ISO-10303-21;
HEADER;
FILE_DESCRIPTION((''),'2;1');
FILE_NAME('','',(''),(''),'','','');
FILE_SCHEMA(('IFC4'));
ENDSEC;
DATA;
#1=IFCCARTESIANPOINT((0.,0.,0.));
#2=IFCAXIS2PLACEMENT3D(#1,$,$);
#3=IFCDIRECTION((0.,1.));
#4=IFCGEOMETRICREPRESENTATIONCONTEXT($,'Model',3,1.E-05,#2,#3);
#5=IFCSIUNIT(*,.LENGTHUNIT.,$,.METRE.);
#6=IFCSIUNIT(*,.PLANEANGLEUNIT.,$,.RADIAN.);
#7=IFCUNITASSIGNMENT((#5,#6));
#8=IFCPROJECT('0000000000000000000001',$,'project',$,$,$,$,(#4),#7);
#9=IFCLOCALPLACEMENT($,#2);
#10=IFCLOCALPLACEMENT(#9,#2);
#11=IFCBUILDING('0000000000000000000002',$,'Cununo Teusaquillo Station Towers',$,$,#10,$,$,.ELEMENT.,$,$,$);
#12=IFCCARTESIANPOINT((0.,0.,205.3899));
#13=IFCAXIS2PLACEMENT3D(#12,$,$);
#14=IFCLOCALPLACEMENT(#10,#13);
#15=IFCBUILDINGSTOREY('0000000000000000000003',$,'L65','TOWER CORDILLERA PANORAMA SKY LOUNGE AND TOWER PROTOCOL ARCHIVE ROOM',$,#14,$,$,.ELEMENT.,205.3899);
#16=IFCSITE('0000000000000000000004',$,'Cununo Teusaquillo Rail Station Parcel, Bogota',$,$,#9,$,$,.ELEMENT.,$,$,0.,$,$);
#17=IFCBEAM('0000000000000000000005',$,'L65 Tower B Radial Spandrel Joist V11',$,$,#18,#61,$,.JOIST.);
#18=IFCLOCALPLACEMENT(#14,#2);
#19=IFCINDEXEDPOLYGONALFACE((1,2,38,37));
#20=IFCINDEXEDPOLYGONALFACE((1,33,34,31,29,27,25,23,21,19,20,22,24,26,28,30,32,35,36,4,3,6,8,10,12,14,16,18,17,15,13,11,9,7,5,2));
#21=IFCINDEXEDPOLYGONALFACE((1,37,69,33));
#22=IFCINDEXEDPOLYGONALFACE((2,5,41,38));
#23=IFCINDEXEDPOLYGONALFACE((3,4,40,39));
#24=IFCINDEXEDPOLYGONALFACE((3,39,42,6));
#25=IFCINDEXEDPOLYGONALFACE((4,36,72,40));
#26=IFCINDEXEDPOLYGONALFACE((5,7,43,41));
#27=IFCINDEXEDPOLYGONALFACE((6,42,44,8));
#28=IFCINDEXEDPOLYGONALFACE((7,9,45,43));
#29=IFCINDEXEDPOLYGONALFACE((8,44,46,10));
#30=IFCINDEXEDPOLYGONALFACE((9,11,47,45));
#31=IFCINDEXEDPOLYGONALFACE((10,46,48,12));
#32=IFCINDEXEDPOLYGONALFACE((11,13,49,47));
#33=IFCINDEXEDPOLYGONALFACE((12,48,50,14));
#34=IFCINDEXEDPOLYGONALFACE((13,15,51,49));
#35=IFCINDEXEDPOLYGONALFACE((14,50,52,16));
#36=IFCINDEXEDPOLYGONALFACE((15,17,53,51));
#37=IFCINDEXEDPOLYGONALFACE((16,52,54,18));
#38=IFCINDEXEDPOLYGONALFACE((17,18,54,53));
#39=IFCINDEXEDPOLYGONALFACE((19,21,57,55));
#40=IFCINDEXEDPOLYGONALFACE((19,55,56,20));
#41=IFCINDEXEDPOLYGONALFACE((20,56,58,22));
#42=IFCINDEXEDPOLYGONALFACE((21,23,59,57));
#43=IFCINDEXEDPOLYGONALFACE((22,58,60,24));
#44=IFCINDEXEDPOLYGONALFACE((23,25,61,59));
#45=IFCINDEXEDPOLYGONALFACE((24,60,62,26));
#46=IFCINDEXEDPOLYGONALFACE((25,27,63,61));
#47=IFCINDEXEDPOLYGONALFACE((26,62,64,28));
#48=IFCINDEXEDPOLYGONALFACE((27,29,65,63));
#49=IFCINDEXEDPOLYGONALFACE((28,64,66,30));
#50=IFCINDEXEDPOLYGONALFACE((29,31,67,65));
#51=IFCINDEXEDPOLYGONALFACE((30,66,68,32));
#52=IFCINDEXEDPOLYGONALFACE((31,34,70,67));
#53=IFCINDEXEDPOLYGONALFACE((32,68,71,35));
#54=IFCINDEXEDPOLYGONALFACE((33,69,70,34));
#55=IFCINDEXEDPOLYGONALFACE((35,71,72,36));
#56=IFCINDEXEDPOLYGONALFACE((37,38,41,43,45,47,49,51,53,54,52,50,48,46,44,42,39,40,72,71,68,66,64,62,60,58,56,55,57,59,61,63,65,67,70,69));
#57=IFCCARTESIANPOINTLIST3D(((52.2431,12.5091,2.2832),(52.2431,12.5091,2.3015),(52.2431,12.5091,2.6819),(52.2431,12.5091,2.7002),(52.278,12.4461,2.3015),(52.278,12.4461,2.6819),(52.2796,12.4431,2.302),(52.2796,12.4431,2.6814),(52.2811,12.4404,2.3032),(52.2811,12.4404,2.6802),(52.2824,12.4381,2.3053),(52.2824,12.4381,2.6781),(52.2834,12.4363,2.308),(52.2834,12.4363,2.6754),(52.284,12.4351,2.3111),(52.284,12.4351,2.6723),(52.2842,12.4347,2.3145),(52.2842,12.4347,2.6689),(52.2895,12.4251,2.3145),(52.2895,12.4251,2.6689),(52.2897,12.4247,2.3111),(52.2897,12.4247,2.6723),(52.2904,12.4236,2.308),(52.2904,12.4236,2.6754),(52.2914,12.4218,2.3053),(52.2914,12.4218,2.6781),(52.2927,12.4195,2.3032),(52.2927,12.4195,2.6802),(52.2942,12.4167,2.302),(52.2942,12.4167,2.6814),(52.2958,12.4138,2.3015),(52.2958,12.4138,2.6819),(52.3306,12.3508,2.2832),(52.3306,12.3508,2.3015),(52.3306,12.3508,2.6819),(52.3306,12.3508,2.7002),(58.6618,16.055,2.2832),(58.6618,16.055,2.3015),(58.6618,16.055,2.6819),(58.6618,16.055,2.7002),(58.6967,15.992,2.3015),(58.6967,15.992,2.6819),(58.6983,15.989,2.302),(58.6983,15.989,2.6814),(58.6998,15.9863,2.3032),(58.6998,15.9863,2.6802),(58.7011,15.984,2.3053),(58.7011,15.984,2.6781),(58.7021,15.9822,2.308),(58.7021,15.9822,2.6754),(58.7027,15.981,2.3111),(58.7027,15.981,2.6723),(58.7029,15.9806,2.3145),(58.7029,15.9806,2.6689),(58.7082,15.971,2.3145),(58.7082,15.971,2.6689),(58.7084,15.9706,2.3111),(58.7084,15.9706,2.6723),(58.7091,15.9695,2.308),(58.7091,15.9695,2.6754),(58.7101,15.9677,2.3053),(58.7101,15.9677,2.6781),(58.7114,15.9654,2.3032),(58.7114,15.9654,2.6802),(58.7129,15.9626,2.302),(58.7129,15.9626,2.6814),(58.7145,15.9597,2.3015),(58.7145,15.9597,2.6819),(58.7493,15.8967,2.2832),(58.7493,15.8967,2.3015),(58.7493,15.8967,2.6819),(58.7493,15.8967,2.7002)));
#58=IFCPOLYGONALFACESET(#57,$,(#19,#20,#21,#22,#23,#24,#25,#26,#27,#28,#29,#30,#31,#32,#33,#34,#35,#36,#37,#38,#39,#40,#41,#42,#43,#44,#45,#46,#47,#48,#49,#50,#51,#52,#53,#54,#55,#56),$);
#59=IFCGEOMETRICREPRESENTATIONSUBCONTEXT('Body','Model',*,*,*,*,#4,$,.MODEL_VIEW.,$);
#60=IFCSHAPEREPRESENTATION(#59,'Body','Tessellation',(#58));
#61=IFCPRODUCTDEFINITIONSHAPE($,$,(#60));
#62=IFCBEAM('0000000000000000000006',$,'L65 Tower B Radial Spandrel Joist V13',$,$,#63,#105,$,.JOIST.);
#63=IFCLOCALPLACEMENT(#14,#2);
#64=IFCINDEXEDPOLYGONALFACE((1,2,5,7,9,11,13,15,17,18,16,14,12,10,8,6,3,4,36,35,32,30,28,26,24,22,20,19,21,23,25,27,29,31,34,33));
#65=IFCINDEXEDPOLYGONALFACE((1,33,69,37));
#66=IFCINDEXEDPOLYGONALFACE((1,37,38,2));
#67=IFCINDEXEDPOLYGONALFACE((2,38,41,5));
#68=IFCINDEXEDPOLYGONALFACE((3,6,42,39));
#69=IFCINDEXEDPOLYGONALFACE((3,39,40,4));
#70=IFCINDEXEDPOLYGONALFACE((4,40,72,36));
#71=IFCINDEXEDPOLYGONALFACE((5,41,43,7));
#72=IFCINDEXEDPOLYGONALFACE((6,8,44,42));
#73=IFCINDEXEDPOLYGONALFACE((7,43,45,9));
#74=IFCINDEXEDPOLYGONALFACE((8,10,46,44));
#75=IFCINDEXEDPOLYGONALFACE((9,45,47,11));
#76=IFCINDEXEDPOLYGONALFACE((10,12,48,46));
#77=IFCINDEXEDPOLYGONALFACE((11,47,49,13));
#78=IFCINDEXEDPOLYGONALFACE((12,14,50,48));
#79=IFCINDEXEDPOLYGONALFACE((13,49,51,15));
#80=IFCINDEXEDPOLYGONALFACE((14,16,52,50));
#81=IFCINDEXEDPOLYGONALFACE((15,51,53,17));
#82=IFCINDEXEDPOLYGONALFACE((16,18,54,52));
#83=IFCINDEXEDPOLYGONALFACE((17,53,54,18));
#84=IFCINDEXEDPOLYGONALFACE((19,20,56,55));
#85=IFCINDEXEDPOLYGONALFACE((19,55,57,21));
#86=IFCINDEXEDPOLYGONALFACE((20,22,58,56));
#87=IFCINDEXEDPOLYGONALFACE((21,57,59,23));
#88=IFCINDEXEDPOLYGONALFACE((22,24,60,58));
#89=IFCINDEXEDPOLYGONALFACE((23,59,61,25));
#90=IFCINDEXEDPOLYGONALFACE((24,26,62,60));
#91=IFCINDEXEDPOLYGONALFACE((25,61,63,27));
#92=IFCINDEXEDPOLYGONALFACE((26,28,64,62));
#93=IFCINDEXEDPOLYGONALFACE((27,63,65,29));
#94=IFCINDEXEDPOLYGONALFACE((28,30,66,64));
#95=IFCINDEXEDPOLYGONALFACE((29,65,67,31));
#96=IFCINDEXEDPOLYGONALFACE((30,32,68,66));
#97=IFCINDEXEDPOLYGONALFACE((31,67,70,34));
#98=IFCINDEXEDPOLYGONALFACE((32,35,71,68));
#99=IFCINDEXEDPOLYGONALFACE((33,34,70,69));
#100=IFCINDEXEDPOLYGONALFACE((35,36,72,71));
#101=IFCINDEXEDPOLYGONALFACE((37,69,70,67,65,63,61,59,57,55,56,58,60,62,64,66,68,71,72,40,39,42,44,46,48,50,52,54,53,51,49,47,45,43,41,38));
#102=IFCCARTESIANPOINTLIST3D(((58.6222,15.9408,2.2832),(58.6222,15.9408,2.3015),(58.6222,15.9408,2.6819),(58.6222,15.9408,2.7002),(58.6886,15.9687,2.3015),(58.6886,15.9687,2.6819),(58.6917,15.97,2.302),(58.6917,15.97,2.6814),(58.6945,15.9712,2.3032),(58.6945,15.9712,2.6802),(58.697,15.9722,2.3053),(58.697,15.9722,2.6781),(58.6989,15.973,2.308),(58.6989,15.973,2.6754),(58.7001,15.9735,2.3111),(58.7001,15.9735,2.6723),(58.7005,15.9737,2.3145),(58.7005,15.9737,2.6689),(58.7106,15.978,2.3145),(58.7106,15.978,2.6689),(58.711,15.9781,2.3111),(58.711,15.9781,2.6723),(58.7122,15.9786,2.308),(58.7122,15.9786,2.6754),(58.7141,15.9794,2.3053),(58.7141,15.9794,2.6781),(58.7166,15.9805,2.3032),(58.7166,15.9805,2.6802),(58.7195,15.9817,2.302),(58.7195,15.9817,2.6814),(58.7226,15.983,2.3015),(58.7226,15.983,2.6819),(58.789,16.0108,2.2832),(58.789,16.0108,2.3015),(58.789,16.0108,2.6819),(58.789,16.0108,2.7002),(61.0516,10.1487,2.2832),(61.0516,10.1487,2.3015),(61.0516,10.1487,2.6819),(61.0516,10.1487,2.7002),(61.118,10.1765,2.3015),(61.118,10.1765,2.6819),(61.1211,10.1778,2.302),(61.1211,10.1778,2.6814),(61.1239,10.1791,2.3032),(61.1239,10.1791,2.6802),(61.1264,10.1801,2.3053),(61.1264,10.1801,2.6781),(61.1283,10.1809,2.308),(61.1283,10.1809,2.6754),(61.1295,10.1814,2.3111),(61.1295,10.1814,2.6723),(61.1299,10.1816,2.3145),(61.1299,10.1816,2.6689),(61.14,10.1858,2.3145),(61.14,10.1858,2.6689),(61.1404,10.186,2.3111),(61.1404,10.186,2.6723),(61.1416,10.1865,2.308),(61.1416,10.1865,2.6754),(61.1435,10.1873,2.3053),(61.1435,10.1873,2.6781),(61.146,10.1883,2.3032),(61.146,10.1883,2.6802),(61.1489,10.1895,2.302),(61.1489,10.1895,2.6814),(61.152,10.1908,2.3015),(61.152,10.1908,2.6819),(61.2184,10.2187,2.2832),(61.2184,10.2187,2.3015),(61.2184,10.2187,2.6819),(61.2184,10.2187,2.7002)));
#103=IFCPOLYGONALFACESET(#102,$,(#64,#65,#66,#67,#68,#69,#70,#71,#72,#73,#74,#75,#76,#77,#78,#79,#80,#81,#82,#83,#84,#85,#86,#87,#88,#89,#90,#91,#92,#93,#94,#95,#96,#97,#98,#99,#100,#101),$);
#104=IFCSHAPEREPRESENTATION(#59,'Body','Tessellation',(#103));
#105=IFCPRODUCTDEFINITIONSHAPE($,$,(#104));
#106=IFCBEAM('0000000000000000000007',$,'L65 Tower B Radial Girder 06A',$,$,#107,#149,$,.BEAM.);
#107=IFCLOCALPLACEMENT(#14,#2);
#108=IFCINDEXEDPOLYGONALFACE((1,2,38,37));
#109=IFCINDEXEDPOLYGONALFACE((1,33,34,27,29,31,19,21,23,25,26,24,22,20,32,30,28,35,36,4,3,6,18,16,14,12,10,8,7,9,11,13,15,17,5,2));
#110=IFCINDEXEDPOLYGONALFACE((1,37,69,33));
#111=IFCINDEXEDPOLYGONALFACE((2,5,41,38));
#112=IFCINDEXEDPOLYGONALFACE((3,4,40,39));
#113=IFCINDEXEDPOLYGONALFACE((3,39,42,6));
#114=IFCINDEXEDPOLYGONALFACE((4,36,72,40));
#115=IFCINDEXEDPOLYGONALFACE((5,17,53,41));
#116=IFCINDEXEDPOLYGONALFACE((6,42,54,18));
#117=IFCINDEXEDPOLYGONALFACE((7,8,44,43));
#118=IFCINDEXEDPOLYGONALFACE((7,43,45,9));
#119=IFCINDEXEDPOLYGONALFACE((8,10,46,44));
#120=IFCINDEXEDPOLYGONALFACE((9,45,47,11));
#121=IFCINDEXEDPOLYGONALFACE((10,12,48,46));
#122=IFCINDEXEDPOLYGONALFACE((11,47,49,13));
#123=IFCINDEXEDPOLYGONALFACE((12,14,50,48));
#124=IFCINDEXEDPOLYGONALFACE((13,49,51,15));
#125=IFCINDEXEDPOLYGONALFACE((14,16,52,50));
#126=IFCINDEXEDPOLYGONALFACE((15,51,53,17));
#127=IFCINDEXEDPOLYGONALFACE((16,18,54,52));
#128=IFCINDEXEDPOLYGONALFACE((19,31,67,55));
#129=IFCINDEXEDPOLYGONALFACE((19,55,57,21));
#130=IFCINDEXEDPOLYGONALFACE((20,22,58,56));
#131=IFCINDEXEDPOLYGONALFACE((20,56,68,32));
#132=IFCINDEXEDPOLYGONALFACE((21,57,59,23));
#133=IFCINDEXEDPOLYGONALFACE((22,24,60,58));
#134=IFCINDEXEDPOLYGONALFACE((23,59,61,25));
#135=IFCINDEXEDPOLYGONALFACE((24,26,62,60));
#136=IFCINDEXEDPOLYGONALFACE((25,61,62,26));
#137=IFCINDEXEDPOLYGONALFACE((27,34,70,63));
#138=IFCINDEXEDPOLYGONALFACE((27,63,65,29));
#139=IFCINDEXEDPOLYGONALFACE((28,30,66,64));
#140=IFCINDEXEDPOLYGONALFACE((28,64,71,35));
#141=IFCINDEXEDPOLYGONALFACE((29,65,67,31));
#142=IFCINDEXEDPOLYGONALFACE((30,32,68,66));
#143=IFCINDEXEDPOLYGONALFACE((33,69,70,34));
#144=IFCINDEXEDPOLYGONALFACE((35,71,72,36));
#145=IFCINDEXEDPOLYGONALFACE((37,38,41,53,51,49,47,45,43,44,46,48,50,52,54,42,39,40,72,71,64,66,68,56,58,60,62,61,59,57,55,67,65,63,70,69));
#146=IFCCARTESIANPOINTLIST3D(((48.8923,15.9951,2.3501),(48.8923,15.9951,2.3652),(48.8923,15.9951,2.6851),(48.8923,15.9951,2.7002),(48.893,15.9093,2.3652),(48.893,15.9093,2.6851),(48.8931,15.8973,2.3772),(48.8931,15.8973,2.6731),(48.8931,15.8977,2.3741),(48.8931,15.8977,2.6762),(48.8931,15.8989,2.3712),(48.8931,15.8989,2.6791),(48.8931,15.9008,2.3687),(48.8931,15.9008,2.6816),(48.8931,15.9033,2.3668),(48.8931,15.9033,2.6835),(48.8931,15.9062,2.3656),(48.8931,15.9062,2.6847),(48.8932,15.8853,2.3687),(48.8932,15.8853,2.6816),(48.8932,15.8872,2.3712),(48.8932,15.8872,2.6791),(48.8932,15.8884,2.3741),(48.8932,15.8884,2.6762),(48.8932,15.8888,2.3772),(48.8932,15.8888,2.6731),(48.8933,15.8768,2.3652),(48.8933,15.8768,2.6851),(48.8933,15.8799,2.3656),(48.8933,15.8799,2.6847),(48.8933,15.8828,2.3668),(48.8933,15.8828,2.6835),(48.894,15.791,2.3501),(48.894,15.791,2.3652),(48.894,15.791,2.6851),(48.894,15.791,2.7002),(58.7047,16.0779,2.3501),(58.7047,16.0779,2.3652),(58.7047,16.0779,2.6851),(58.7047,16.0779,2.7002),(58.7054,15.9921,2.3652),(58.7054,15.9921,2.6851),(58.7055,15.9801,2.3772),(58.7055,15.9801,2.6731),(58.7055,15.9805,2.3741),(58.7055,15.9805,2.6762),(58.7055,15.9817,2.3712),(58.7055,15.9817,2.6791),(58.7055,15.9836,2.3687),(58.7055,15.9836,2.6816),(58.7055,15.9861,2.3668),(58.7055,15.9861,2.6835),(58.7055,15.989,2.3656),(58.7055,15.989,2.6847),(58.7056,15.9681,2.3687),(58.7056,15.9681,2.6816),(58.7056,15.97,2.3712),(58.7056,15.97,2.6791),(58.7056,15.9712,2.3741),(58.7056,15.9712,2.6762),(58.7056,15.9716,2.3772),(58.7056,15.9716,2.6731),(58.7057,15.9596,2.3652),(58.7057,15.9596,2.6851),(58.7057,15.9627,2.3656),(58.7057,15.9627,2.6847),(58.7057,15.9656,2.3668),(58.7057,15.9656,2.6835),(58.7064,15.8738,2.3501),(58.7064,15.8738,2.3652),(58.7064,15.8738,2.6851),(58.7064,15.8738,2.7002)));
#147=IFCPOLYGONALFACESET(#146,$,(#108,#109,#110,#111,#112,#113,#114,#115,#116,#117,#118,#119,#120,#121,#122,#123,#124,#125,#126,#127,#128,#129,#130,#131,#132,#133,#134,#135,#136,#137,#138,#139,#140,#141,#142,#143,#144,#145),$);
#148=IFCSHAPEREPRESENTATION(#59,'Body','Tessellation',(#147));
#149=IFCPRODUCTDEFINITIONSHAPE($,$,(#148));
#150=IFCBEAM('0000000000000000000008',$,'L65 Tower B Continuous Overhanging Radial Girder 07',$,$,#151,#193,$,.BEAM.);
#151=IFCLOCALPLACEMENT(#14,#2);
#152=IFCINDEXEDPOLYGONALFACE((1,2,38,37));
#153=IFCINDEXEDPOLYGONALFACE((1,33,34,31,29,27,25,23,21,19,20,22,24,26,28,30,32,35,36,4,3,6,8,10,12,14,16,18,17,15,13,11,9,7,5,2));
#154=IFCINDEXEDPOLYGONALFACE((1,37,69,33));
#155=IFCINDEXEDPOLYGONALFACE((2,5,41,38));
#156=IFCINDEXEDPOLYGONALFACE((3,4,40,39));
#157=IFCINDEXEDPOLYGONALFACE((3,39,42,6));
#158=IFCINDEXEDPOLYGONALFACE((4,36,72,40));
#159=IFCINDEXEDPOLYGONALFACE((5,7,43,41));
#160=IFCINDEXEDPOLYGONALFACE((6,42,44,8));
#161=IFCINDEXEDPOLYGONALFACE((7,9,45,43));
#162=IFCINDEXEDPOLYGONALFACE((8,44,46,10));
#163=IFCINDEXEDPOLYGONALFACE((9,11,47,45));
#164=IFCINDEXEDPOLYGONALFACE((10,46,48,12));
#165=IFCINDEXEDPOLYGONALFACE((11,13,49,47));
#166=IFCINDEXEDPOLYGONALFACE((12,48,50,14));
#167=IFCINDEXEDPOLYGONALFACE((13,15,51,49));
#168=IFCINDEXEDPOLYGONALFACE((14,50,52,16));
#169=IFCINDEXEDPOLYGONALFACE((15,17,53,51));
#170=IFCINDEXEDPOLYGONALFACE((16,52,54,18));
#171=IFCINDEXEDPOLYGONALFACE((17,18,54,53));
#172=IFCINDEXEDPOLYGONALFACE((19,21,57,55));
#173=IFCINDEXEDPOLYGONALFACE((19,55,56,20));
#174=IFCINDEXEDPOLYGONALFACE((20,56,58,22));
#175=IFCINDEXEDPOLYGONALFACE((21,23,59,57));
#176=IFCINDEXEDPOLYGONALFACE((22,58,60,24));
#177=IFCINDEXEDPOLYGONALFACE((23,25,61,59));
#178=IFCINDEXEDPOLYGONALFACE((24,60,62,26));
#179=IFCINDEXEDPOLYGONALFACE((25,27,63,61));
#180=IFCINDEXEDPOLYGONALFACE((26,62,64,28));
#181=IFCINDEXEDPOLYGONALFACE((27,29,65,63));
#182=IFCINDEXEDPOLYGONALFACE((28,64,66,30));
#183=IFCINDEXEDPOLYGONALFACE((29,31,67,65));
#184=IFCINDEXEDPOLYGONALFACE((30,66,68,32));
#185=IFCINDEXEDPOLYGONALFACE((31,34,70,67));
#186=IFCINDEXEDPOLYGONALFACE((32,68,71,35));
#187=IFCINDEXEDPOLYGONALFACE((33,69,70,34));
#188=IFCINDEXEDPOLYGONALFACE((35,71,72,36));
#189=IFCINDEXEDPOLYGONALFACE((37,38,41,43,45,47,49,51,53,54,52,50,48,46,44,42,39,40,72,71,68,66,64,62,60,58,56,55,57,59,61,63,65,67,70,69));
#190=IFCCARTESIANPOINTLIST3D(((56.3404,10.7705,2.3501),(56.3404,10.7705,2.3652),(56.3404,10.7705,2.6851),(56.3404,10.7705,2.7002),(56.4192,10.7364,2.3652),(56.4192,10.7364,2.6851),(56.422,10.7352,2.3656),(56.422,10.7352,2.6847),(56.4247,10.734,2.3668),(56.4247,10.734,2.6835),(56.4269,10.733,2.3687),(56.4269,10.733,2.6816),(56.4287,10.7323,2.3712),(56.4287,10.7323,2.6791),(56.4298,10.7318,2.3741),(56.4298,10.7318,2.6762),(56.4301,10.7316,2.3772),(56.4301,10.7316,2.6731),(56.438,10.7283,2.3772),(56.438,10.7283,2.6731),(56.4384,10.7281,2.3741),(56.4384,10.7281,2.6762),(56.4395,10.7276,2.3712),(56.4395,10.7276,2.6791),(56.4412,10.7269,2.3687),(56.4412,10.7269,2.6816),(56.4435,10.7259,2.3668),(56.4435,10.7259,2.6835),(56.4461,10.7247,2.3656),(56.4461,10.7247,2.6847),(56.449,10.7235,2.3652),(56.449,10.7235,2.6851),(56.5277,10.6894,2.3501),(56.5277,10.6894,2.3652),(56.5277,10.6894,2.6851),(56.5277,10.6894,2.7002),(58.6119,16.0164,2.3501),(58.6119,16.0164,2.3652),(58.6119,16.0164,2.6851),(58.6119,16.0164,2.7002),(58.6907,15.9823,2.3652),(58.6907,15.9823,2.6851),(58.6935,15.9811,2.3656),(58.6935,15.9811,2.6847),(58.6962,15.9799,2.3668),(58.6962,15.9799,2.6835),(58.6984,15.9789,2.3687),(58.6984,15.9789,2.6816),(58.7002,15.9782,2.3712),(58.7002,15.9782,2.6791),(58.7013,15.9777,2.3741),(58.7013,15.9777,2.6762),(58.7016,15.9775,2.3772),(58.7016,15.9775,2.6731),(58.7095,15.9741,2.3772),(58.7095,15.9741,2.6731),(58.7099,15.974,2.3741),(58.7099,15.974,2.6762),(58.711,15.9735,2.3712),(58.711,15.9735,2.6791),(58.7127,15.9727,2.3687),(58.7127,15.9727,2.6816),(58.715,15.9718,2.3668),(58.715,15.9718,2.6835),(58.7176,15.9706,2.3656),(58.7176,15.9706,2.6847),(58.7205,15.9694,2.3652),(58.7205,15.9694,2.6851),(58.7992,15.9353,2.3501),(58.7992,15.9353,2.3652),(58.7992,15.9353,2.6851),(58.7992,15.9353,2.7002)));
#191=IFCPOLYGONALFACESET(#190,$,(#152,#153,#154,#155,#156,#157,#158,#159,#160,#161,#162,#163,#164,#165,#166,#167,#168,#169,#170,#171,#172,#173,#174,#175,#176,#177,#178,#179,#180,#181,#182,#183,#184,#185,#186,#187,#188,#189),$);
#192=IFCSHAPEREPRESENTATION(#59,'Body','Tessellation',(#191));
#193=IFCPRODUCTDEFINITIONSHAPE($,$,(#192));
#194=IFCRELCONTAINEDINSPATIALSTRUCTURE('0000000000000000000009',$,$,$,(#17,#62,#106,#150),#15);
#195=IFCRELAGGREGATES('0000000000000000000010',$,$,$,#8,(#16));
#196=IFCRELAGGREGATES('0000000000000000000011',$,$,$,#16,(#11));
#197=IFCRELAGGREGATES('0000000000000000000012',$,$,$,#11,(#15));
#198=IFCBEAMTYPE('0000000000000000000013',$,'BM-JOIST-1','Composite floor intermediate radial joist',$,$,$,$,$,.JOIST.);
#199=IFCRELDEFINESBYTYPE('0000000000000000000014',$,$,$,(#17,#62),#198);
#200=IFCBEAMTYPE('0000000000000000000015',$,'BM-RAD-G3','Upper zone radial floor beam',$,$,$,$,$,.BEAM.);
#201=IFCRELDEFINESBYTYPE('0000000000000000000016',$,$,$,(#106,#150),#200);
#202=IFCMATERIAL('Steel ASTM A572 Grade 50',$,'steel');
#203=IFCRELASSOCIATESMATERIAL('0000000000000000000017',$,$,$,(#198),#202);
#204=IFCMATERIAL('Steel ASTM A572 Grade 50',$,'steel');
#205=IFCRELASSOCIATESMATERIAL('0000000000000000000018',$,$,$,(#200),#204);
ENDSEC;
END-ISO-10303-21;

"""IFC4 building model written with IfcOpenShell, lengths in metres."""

from ifc_helpers import new_model, si_unit, direction, frame, origin, origin_2d, place, context, subcontext, project, spatial, i_section, extrude, material, material_profile, profile_set, type_object, element, save


model = new_model("IFC4")

# Units and contexts
model_context = context("Model", 3, precision=1e-05, world=origin(), true_north=direction((0.0, 1.0)))
body_context = subcontext(model_context, "Body", "Model", "MODEL_VIEW")
ifc_project = project(units=[si_unit("LENGTHUNIT", "METRE"), si_unit("PLANEANGLEUNIT", "RADIAN")], contexts=[model_context])

# Site, building, storey
site_placement = place(None, origin())
site = spatial("IfcSite", under=ifc_project, at=site_placement, Name="Cununo Teusaquillo Rail Station Parcel, Bogota", CompositionType="ELEMENT", RefElevation=0.0)
building_placement = place(site_placement, origin())
building = spatial("IfcBuilding", under=site, at=building_placement, Name="Cununo Teusaquillo Station Towers", CompositionType="ELEMENT")
storey_placement = place(building_placement, frame((0.0, 0.0, 205.3899)))
storey = spatial("IfcBuildingStorey", under=building, at=storey_placement, Name="L65", Description="TOWER CORDILLERA PANORAMA SKY LOUNGE AND TOWER PROTOCOL ARCHIVE ROOM", CompositionType="ELEMENT", Elevation=205.3899)

# Beams
ifc_material_1 = material(Name="Steel ASTM A572 Grade 50", Category="steel")
ifc_material_profile_1 = material_profile(ifc_material_1, i_section(OverallWidth=0.1809, OverallDepth=0.417, WebThickness=0.011, FlangeThickness=0.0183, FilletRadius=0.0129, at=origin_2d()), Name="W16X57")
ifc_profile_set_1 = profile_set([ifc_material_profile_1], Name="Steel ASTM A572 Grade 50")
beam_type_1 = type_object("IfcBeamType", Name="BM-JOIST-1", Description="Composite floor intermediate radial joist", PredefinedType="JOIST", material=ifc_profile_set_1)
beam_1_placement = place(storey_placement, frame((58.7056, 15.9758, 2.4917), z_axis=(-0.875315, -0.483553, 0.0), x_axis=(0.483553, -0.875315, 0.0)))
element("IfcBeam", 1, at=beam_1_placement, inside=storey, type_object=beam_type_1, Name="L65 Tower B Radial Spandrel Joist V11", PredefinedType="JOIST", context=body_context, shape_type="SweptSolid", body=[
    extrude(i_section(OverallWidth=0.1809, OverallDepth=0.417, WebThickness=0.011, FlangeThickness=0.0183, FilletRadius=0.0129, at=origin_2d()), origin(), (0.0, 0.0, 1.0), 7.333),
])
beam_2_placement = place(storey_placement, frame((58.7056, 15.9758, 2.4917), z_axis=(0.386786, -0.922169, 0.0), x_axis=(0.922169, 0.386786, 0.0)))
element("IfcBeam", 2, at=beam_2_placement, inside=storey, type_object=beam_type_1, Name="L65 Tower B Radial Spandrel Joist V13", PredefinedType="JOIST", context=body_context, shape_type="SweptSolid", body=[
    extrude(i_section(OverallWidth=0.1809, OverallDepth=0.417, WebThickness=0.011, FlangeThickness=0.0183, FilletRadius=0.0129, at=origin_2d()), origin(), (0.0, 0.0, 1.0), 6.281),
])
ifc_material_2 = material(Name="Steel ASTM A572 Grade 50", Category="steel")
ifc_material_profile_2 = material_profile(ifc_material_2, i_section(OverallWidth=0.2041, OverallDepth=0.3501, WebThickness=0.0085, FlangeThickness=0.0151, FilletRadius=0.012, at=origin_2d()), Name="W14X48")
ifc_profile_set_2 = profile_set([ifc_material_profile_2], Name="Steel ASTM A572 Grade 50")
beam_type_2 = type_object("IfcBeamType", Name="BM-RAD-G3", Description="Upper zone radial floor beam", PredefinedType="BEAM", material=ifc_profile_set_2)
beam_3_placement = place(storey_placement, frame((58.7056, 15.9758, 2.5251), z_axis=(-0.999964, -0.008434, 0.0), x_axis=(0.008434, -0.999964, 0.0)))
element("IfcBeam", 3, at=beam_3_placement, inside=storey, type_object=beam_type_2, Name="L65 Tower B Radial Girder 06A", PredefinedType="BEAM", context=body_context, shape_type="SweptSolid", body=[
    extrude(i_section(OverallWidth=0.2041, OverallDepth=0.3501, WebThickness=0.0085, FlangeThickness=0.0151, FilletRadius=0.012, at=origin_2d()), origin(), (0.0, 0.0, 1.0), 9.8127),
])
beam_4_placement = place(storey_placement, frame((58.7056, 15.9758, 2.5251), z_axis=(-0.397355, -0.917665, 0.0), x_axis=(0.917665, -0.397355, 0.0)))
element("IfcBeam", 4, at=beam_4_placement, inside=storey, type_object=beam_type_2, Name="L65 Tower B Continuous Overhanging Radial Girder 07", PredefinedType="BEAM", context=body_context, shape_type="SweptSolid", body=[
    extrude(i_section(OverallWidth=0.2041, OverallDepth=0.3501, WebThickness=0.0085, FlangeThickness=0.0151, FilletRadius=0.012, at=origin_2d()), origin(), (0.0, 0.0, 1.0), 5.7166),
])

save(model, "model.ifc")
